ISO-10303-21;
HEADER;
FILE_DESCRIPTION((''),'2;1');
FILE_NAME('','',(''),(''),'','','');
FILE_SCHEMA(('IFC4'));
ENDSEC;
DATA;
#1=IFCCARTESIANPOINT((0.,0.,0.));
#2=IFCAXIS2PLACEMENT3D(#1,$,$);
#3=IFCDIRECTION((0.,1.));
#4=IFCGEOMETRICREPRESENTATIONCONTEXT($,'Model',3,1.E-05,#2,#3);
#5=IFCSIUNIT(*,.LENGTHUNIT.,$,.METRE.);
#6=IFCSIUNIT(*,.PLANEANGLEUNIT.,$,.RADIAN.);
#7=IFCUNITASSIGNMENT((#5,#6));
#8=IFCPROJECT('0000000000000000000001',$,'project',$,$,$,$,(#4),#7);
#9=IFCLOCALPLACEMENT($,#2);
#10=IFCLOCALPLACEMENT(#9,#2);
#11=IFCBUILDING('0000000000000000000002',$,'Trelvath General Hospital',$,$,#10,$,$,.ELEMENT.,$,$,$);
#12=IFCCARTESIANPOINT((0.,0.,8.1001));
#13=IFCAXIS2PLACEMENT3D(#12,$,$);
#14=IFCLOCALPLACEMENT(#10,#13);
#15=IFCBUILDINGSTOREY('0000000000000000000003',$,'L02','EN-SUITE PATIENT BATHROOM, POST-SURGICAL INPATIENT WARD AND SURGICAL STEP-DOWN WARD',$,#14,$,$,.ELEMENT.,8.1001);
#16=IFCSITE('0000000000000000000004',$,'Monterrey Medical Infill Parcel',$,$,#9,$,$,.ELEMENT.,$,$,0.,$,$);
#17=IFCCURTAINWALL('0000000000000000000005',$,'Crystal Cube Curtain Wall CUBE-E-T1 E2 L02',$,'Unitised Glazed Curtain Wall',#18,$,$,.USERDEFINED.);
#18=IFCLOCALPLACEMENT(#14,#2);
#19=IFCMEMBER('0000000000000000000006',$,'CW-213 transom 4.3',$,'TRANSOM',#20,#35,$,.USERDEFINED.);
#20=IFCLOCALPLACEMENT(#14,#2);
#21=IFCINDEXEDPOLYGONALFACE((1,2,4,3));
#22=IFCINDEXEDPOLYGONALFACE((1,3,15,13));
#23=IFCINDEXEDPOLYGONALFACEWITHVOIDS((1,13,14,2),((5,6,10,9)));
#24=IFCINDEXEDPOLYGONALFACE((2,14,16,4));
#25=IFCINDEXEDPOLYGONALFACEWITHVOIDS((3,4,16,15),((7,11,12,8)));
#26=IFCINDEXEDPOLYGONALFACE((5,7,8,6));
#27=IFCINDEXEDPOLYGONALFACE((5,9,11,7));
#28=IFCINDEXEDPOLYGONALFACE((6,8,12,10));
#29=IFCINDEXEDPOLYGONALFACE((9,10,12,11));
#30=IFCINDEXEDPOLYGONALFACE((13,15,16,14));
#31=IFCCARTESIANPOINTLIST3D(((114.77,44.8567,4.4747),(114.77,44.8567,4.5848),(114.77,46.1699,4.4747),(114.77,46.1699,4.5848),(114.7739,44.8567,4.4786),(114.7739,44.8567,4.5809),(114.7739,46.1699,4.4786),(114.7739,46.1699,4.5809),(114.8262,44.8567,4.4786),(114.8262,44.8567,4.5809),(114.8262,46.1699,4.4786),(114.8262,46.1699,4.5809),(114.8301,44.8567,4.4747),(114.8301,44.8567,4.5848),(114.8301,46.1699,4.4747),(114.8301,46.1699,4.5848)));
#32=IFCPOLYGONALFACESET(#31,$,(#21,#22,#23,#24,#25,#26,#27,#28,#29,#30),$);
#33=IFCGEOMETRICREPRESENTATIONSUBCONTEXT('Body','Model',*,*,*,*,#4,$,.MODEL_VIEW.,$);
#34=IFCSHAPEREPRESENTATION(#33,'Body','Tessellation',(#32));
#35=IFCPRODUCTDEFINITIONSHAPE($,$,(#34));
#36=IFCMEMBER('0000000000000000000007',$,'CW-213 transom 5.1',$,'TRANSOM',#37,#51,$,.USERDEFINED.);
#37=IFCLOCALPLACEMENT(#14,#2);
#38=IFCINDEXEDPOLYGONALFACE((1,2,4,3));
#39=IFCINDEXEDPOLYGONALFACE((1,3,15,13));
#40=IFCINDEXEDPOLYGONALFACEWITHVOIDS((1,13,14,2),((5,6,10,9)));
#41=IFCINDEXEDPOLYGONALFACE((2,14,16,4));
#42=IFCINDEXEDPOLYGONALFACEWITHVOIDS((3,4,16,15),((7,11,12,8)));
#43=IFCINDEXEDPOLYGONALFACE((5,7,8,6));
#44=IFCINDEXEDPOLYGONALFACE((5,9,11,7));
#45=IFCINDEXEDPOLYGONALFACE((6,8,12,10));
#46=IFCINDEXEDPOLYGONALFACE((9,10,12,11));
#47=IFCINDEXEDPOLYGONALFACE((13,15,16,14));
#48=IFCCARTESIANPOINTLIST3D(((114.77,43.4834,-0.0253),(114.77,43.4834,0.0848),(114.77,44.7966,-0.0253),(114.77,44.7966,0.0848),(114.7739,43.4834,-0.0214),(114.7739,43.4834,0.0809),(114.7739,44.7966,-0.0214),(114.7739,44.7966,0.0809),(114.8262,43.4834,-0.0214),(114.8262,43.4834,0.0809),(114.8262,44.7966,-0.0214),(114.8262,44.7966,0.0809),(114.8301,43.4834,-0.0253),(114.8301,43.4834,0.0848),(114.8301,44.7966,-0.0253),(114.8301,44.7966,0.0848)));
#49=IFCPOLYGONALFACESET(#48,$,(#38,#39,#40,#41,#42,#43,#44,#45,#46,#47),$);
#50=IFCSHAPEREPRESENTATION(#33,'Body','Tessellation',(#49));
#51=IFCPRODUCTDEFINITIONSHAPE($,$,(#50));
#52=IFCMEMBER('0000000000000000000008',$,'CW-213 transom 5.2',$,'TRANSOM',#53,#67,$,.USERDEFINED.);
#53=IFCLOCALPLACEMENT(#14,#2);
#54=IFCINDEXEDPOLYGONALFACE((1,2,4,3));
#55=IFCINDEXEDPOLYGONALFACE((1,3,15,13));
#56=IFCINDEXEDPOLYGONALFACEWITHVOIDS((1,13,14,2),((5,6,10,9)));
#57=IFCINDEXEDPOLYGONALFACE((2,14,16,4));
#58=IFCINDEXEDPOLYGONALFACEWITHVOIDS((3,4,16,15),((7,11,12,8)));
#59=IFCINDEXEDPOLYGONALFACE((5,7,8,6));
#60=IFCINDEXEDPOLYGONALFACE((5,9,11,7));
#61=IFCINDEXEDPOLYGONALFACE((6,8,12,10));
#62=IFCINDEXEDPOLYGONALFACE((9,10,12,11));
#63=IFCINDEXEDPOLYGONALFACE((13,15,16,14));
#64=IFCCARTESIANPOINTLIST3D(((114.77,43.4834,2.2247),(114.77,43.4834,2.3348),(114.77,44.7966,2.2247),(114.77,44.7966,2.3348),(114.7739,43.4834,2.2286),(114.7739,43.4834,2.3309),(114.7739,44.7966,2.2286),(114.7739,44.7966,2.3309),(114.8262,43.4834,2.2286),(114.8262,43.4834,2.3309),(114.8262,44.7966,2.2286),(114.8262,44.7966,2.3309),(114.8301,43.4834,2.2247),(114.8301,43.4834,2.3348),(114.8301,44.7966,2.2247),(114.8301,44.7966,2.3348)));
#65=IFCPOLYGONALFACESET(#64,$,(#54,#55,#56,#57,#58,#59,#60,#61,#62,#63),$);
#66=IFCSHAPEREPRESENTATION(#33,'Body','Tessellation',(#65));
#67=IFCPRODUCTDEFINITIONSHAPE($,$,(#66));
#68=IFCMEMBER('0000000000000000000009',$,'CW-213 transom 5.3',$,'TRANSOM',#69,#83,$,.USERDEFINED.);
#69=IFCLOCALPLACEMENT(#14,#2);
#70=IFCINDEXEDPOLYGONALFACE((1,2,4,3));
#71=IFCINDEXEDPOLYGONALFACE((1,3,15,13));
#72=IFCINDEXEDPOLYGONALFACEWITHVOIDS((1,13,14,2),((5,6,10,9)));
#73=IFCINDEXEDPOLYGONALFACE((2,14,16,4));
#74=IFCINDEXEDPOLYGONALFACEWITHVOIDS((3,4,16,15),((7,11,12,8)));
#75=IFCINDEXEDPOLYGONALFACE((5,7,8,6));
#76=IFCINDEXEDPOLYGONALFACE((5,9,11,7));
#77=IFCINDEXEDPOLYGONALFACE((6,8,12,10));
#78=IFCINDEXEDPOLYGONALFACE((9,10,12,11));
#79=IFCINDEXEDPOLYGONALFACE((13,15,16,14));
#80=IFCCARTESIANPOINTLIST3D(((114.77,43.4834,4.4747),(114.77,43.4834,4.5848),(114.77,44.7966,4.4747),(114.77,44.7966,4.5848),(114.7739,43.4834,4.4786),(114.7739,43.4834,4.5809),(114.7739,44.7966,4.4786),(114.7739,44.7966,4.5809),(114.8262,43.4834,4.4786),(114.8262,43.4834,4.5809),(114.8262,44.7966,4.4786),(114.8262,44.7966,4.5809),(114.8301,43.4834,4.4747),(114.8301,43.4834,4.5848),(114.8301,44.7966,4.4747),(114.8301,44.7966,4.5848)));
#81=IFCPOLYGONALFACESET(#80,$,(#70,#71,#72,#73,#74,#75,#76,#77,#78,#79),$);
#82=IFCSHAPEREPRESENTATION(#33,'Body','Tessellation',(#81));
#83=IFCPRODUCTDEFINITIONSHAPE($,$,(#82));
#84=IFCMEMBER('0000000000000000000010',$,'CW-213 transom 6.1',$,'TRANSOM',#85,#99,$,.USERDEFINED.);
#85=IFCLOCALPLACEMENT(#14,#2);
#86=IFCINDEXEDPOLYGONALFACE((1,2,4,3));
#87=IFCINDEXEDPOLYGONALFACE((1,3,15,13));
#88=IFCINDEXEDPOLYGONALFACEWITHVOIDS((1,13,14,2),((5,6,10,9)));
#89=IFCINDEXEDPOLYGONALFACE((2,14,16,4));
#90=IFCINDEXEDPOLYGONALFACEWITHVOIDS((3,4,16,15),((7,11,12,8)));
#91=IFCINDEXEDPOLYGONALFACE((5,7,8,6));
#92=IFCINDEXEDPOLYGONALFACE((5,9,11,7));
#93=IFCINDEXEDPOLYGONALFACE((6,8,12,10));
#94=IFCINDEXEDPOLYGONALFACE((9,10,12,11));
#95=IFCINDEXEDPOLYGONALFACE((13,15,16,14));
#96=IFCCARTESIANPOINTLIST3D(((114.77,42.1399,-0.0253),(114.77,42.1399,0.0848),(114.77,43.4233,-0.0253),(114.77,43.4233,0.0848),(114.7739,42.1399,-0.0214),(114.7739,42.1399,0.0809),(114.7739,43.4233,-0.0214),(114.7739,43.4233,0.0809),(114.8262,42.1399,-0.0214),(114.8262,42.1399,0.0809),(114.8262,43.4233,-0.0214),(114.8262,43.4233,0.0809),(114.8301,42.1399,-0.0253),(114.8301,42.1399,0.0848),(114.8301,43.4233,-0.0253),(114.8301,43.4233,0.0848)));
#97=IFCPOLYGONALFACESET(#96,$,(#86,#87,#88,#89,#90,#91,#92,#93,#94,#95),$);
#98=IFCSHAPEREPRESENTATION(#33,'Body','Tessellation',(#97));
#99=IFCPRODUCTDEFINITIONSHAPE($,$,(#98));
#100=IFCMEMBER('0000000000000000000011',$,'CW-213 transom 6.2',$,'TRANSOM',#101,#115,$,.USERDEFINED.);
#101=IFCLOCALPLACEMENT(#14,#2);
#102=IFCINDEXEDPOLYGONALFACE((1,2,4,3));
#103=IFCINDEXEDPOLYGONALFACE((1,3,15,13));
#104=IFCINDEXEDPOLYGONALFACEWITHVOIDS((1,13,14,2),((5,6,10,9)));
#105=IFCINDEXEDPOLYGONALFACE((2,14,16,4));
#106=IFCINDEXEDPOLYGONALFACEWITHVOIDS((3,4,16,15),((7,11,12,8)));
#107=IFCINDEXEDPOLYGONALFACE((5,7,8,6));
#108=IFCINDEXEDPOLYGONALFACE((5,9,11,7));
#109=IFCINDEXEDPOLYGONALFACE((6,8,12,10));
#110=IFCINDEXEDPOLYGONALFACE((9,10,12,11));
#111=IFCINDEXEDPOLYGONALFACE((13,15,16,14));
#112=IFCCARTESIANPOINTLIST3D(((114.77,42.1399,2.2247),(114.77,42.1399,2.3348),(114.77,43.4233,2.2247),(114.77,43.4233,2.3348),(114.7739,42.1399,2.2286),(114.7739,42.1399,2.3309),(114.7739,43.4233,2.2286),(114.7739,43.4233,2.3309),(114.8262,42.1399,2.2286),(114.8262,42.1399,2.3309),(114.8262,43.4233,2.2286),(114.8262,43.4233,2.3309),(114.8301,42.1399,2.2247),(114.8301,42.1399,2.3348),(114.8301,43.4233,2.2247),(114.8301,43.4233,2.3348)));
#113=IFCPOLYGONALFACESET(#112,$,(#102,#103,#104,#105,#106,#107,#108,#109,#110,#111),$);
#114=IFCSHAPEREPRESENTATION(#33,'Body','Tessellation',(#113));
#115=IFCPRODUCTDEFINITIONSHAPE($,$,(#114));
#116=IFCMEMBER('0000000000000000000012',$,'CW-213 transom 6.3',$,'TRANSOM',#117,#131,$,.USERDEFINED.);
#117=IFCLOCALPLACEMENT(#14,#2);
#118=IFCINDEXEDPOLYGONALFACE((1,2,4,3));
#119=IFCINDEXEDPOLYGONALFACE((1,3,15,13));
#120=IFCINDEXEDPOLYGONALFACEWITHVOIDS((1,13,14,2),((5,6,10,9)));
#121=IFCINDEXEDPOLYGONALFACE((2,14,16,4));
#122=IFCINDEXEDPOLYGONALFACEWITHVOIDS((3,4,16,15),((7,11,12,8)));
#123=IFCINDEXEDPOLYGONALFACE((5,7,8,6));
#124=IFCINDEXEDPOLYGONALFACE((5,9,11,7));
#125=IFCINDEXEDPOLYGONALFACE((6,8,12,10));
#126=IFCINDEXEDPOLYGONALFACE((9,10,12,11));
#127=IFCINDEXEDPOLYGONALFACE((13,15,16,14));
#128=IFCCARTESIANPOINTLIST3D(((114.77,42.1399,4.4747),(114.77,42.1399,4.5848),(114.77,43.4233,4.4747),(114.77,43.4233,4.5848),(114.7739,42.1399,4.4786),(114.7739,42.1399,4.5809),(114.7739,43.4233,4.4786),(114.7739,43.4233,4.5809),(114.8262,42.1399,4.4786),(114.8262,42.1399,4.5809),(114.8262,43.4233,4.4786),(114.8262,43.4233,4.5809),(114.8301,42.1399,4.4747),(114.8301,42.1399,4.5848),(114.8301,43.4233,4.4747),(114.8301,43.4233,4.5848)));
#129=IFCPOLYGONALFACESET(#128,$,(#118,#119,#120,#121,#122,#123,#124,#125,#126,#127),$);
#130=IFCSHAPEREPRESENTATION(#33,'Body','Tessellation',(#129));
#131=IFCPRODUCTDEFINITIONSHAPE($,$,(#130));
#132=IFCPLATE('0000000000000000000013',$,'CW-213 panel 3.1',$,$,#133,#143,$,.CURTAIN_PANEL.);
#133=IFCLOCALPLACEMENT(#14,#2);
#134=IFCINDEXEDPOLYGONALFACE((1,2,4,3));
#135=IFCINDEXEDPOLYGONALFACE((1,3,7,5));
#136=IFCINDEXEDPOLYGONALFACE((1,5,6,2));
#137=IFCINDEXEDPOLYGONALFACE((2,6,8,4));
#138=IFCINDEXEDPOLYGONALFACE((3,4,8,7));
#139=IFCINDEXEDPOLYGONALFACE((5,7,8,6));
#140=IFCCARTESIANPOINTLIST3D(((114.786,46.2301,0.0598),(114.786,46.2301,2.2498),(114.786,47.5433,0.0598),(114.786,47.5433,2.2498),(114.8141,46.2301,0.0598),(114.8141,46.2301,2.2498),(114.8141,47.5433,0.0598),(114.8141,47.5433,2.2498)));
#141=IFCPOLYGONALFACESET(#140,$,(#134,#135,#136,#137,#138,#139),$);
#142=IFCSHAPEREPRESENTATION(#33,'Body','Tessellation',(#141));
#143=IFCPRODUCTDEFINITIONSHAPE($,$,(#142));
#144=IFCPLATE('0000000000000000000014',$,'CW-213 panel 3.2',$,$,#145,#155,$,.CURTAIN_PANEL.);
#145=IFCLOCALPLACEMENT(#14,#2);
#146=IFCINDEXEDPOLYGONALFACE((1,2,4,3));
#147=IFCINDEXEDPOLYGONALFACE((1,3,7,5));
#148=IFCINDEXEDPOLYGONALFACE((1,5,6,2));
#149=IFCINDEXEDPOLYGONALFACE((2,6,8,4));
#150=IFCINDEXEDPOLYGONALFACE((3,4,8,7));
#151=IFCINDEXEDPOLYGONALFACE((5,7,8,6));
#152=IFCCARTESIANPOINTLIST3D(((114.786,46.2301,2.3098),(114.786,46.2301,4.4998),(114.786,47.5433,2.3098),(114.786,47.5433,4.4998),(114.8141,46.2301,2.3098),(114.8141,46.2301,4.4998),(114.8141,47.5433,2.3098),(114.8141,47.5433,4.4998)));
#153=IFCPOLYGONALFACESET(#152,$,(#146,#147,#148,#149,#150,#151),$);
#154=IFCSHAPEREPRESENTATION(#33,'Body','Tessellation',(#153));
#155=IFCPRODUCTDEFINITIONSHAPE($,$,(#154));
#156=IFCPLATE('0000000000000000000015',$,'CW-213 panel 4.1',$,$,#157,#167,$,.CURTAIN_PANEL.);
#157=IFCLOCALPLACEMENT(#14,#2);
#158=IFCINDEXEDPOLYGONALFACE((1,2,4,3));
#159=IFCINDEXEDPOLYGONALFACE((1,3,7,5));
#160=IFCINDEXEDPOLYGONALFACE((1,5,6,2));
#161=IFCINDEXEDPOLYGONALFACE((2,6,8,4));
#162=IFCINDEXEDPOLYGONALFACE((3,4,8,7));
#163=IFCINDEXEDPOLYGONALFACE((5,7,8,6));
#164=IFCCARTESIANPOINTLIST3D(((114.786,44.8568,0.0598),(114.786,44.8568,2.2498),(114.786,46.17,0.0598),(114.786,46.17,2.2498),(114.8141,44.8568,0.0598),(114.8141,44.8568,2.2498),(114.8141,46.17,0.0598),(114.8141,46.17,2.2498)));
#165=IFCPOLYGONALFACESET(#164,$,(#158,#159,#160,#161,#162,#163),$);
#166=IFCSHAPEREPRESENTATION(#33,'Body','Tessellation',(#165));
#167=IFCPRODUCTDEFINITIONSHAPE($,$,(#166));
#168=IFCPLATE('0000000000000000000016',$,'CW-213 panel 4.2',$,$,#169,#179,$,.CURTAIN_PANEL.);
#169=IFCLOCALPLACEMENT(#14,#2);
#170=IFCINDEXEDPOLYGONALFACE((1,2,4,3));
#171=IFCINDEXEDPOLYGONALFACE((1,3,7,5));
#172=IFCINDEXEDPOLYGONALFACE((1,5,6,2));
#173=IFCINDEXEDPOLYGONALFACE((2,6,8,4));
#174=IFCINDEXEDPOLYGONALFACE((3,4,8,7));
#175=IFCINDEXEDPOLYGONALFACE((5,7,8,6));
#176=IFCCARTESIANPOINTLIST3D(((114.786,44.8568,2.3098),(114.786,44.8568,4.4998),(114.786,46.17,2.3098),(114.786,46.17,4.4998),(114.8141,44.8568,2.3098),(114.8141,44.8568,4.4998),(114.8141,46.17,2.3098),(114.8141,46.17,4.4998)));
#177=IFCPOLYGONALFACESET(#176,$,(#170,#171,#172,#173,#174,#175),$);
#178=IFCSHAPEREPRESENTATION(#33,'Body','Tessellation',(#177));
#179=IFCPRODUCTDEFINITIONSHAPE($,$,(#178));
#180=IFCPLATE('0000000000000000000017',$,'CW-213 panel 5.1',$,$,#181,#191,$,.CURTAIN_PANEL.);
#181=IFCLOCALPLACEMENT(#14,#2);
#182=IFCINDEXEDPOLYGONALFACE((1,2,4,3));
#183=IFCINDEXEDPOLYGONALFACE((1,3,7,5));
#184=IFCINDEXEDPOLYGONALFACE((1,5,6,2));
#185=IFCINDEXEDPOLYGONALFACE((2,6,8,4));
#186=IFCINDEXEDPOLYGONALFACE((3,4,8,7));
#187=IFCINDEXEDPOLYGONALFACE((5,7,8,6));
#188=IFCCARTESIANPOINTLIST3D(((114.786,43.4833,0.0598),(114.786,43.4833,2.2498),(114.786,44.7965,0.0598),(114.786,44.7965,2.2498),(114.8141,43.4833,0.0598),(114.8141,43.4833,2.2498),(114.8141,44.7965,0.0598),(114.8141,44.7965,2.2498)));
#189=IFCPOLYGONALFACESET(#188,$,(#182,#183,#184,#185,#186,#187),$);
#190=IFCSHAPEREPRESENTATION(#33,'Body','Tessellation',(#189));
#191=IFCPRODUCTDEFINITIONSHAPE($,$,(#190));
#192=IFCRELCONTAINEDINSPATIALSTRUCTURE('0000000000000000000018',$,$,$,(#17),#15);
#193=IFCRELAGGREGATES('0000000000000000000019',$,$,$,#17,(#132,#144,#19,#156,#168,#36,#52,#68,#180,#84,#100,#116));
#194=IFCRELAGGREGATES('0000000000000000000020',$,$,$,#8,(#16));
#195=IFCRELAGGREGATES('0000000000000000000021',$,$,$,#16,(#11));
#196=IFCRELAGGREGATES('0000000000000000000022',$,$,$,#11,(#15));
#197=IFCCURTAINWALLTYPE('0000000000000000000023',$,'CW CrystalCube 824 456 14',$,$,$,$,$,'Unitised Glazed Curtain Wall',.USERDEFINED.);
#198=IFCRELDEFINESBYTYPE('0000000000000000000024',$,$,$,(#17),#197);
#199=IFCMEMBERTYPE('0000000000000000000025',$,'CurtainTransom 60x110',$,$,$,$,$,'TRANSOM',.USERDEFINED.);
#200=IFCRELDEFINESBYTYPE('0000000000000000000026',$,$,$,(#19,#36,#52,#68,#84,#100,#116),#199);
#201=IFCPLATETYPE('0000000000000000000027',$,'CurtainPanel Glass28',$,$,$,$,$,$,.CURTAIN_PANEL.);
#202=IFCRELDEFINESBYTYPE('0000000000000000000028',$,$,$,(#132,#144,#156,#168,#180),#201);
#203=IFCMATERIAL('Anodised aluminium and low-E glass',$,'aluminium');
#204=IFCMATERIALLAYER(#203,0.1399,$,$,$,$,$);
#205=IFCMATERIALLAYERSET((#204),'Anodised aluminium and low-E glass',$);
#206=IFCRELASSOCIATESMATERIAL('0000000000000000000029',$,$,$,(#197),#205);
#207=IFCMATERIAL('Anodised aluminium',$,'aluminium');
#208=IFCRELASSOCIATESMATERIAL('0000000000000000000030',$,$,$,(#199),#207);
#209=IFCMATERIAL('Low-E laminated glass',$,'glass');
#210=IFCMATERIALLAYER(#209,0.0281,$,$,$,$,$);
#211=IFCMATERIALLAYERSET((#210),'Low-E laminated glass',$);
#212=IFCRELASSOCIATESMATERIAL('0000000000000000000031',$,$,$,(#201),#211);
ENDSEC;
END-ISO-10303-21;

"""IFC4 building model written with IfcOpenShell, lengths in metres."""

from ifc_helpers import new_model, si_unit, direction, frame, origin, origin_2d, place, context, subcontext, project, spatial, rectangle, hollow_rectangle, extrude, material, layer, layer_set, material_profile, profile_set, type_object, element, aggregate, save


model = new_model("IFC4")

# Units and contexts
model_context = context("Model", 3, precision=1e-05, world=origin(), true_north=direction((0.0, 1.0)))
body_context = subcontext(model_context, "Body", "Model", "MODEL_VIEW")
ifc_project = project(units=[si_unit("LENGTHUNIT", "METRE"), si_unit("PLANEANGLEUNIT", "RADIAN")], contexts=[model_context])

# Site, building, storey
site_placement = place(None, origin())
site = spatial("IfcSite", under=ifc_project, at=site_placement, Name="Monterrey Medical Infill Parcel", CompositionType="ELEMENT", RefElevation=0.0)
building_placement = place(site_placement, origin())
building = spatial("IfcBuilding", under=site, at=building_placement, Name="Trelvath General Hospital", CompositionType="ELEMENT")
storey_placement = place(building_placement, frame((0.0, 0.0, 8.1001)))
storey = spatial("IfcBuildingStorey", under=building, at=storey_placement, Name="L02", Description="EN-SUITE PATIENT BATHROOM, POST-SURGICAL INPATIENT WARD AND SURGICAL STEP-DOWN WARD", CompositionType="ELEMENT", Elevation=8.1001)

# Curtain wall
ifc_material_1 = material(Name="Anodised aluminium and low-E glass", Category="aluminium")
ifc_layer_1 = layer(ifc_material_1, 0.1399)
ifc_layer_set_1 = layer_set([ifc_layer_1], Name="Anodised aluminium and low-E glass")
curtain_wall_type_1 = type_object("IfcCurtainWallType", Name="CW CrystalCube 824 456 14", ElementType="Unitised Glazed Curtain Wall", PredefinedType="USERDEFINED", material=ifc_layer_set_1)
curtain_wall_1_placement = place(storey_placement, origin())
curtain_wall_1 = element("IfcCurtainWall", 1, at=curtain_wall_1_placement, inside=storey, type_object=curtain_wall_type_1, Name="Crystal Cube Curtain Wall CUBE-E-T1 E2 L02", ObjectType="Unitised Glazed Curtain Wall", PredefinedType="USERDEFINED")

# Members
ifc_material_2 = material(Name="Anodised aluminium", Category="aluminium")
ifc_material_profile_1 = material_profile(ifc_material_2, hollow_rectangle(XDim=0.0601, YDim=0.1101, WallThickness=0.0039, at=origin_2d()), Name="RHS60x110x4")
ifc_profile_set_1 = profile_set([ifc_material_profile_1], Name="Anodised aluminium")
member_type_1 = type_object("IfcMemberType", Name="CurtainTransom 60x110", ElementType="TRANSOM", PredefinedType="USERDEFINED", material=ifc_profile_set_1)
member_1_placement = place(storey_placement, frame((114.8, 46.1699, 4.5298), z_axis=(0.0, -1.0, 0.0), x_axis=(1.0, 0.0, 0.0)))
member_1 = element("IfcMember", 2, at=member_1_placement, type_object=member_type_1, Name="CW-213 transom 4.3", ObjectType="TRANSOM", PredefinedType="USERDEFINED", context=body_context, shape_type="SweptSolid", body=[
    extrude(hollow_rectangle(XDim=0.0601, YDim=0.1101, WallThickness=0.0039, at=origin_2d()), origin(), (0.0, 0.0, 1.0), 1.3132),
])
member_2_placement = place(storey_placement, frame((114.8, 44.7966, 0.0298), z_axis=(0.0, -1.0, 0.0), x_axis=(1.0, 0.0, 0.0)))
member_2 = element("IfcMember", 3, at=member_2_placement, type_object=member_type_1, Name="CW-213 transom 5.1", ObjectType="TRANSOM", PredefinedType="USERDEFINED", context=body_context, shape_type="SweptSolid", body=[
    extrude(hollow_rectangle(XDim=0.0601, YDim=0.1101, WallThickness=0.0039, at=origin_2d()), origin(), (0.0, 0.0, 1.0), 1.3132),
])
member_3_placement = place(storey_placement, frame((114.8, 44.7966, 2.2798), z_axis=(0.0, -1.0, 0.0), x_axis=(1.0, 0.0, 0.0)))
member_3 = element("IfcMember", 4, at=member_3_placement, type_object=member_type_1, Name="CW-213 transom 5.2", ObjectType="TRANSOM", PredefinedType="USERDEFINED", context=body_context, shape_type="SweptSolid", body=[
    extrude(hollow_rectangle(XDim=0.0601, YDim=0.1101, WallThickness=0.0039, at=origin_2d()), origin(), (0.0, 0.0, 1.0), 1.3132),
])
member_4_placement = place(storey_placement, frame((114.8, 44.7966, 4.5298), z_axis=(0.0, -1.0, 0.0), x_axis=(1.0, 0.0, 0.0)))
member_4 = element("IfcMember", 5, at=member_4_placement, type_object=member_type_1, Name="CW-213 transom 5.3", ObjectType="TRANSOM", PredefinedType="USERDEFINED", context=body_context, shape_type="SweptSolid", body=[
    extrude(hollow_rectangle(XDim=0.0601, YDim=0.1101, WallThickness=0.0039, at=origin_2d()), origin(), (0.0, 0.0, 1.0), 1.3132),
])
member_5_placement = place(storey_placement, frame((114.8, 43.4233, 0.0298), z_axis=(0.0, -1.0, 0.0), x_axis=(1.0, 0.0, 0.0)))
member_5 = element("IfcMember", 6, at=member_5_placement, type_object=member_type_1, Name="CW-213 transom 6.1", ObjectType="TRANSOM", PredefinedType="USERDEFINED", context=body_context, shape_type="SweptSolid", body=[
    extrude(hollow_rectangle(XDim=0.0601, YDim=0.1101, WallThickness=0.0039, at=origin_2d()), origin(), (0.0, 0.0, 1.0), 1.2834),
])
member_6_placement = place(storey_placement, frame((114.8, 43.4233, 2.2798), z_axis=(0.0, -1.0, 0.0), x_axis=(1.0, 0.0, 0.0)))
member_6 = element("IfcMember", 7, at=member_6_placement, type_object=member_type_1, Name="CW-213 transom 6.2", ObjectType="TRANSOM", PredefinedType="USERDEFINED", context=body_context, shape_type="SweptSolid", body=[
    extrude(hollow_rectangle(XDim=0.0601, YDim=0.1101, WallThickness=0.0039, at=origin_2d()), origin(), (0.0, 0.0, 1.0), 1.2834),
])
member_7_placement = place(storey_placement, frame((114.8, 43.4233, 4.5298), z_axis=(0.0, -1.0, 0.0), x_axis=(1.0, 0.0, 0.0)))
member_7 = element("IfcMember", 8, at=member_7_placement, type_object=member_type_1, Name="CW-213 transom 6.3", ObjectType="TRANSOM", PredefinedType="USERDEFINED", context=body_context, shape_type="SweptSolid", body=[
    extrude(hollow_rectangle(XDim=0.0601, YDim=0.1101, WallThickness=0.0039, at=origin_2d()), origin(), (0.0, 0.0, 1.0), 1.2834),
])

# Plates
ifc_material_3 = material(Name="Low-E laminated glass", Category="glass")
ifc_layer_2 = layer(ifc_material_3, 0.0281)
ifc_layer_set_2 = layer_set([ifc_layer_2], Name="Low-E laminated glass")
plate_type = type_object("IfcPlateType", Name="CurtainPanel Glass28", PredefinedType="CURTAIN_PANEL", material=ifc_layer_set_2)
plate_1_placement = place(storey_placement, frame((114.8, 46.8867, 0.0598), z_axis=(0.0, 0.0, 1.0), x_axis=(0.0, -1.0, 0.0)))
plate_1 = element("IfcPlate", 9, at=plate_1_placement, type_object=plate_type, Name="CW-213 panel 3.1", PredefinedType="CURTAIN_PANEL", context=body_context, shape_type="SweptSolid", body=[
    extrude(rectangle(XDim=1.3132, YDim=0.0281, at=origin_2d()), origin(), (0.0, 0.0, 1.0), 2.1899),
])
plate_2_placement = place(storey_placement, frame((114.8, 46.8867, 2.3098), z_axis=(0.0, 0.0, 1.0), x_axis=(0.0, -1.0, 0.0)))
plate_2 = element("IfcPlate", 10, at=plate_2_placement, type_object=plate_type, Name="CW-213 panel 3.2", PredefinedType="CURTAIN_PANEL", context=body_context, shape_type="SweptSolid", body=[
    extrude(rectangle(XDim=1.3132, YDim=0.0281, at=origin_2d()), origin(), (0.0, 0.0, 1.0), 2.1899),
])
plate_3_placement = place(storey_placement, frame((114.8, 45.5134, 0.0598), z_axis=(0.0, 0.0, 1.0), x_axis=(0.0, -1.0, 0.0)))
plate_3 = element("IfcPlate", 11, at=plate_3_placement, type_object=plate_type, Name="CW-213 panel 4.1", PredefinedType="CURTAIN_PANEL", context=body_context, shape_type="SweptSolid", body=[
    extrude(rectangle(XDim=1.3132, YDim=0.0281, at=origin_2d()), origin(), (0.0, 0.0, 1.0), 2.1899),
])
plate_4_placement = place(storey_placement, frame((114.8, 45.5134, 2.3098), z_axis=(0.0, 0.0, 1.0), x_axis=(0.0, -1.0, 0.0)))
plate_4 = element("IfcPlate", 12, at=plate_4_placement, type_object=plate_type, Name="CW-213 panel 4.2", PredefinedType="CURTAIN_PANEL", context=body_context, shape_type="SweptSolid", body=[
    extrude(rectangle(XDim=1.3132, YDim=0.0281, at=origin_2d()), origin(), (0.0, 0.0, 1.0), 2.1899),
])
plate_5_placement = place(storey_placement, frame((114.8, 44.1399, 0.0598), z_axis=(0.0, 0.0, 1.0), x_axis=(0.0, -1.0, 0.0)))
plate_5 = element("IfcPlate", 13, at=plate_5_placement, type_object=plate_type, Name="CW-213 panel 5.1", PredefinedType="CURTAIN_PANEL", context=body_context, shape_type="SweptSolid", body=[
    extrude(rectangle(XDim=1.3132, YDim=0.0281, at=origin_2d()), origin(), (0.0, 0.0, 1.0), 2.1899),
])
aggregate(curtain_wall_1, [plate_1, plate_2, member_1, plate_3, plate_4, member_2, member_3, member_4, plate_5, member_5, member_6, member_7])

save(model, "model.ifc")
